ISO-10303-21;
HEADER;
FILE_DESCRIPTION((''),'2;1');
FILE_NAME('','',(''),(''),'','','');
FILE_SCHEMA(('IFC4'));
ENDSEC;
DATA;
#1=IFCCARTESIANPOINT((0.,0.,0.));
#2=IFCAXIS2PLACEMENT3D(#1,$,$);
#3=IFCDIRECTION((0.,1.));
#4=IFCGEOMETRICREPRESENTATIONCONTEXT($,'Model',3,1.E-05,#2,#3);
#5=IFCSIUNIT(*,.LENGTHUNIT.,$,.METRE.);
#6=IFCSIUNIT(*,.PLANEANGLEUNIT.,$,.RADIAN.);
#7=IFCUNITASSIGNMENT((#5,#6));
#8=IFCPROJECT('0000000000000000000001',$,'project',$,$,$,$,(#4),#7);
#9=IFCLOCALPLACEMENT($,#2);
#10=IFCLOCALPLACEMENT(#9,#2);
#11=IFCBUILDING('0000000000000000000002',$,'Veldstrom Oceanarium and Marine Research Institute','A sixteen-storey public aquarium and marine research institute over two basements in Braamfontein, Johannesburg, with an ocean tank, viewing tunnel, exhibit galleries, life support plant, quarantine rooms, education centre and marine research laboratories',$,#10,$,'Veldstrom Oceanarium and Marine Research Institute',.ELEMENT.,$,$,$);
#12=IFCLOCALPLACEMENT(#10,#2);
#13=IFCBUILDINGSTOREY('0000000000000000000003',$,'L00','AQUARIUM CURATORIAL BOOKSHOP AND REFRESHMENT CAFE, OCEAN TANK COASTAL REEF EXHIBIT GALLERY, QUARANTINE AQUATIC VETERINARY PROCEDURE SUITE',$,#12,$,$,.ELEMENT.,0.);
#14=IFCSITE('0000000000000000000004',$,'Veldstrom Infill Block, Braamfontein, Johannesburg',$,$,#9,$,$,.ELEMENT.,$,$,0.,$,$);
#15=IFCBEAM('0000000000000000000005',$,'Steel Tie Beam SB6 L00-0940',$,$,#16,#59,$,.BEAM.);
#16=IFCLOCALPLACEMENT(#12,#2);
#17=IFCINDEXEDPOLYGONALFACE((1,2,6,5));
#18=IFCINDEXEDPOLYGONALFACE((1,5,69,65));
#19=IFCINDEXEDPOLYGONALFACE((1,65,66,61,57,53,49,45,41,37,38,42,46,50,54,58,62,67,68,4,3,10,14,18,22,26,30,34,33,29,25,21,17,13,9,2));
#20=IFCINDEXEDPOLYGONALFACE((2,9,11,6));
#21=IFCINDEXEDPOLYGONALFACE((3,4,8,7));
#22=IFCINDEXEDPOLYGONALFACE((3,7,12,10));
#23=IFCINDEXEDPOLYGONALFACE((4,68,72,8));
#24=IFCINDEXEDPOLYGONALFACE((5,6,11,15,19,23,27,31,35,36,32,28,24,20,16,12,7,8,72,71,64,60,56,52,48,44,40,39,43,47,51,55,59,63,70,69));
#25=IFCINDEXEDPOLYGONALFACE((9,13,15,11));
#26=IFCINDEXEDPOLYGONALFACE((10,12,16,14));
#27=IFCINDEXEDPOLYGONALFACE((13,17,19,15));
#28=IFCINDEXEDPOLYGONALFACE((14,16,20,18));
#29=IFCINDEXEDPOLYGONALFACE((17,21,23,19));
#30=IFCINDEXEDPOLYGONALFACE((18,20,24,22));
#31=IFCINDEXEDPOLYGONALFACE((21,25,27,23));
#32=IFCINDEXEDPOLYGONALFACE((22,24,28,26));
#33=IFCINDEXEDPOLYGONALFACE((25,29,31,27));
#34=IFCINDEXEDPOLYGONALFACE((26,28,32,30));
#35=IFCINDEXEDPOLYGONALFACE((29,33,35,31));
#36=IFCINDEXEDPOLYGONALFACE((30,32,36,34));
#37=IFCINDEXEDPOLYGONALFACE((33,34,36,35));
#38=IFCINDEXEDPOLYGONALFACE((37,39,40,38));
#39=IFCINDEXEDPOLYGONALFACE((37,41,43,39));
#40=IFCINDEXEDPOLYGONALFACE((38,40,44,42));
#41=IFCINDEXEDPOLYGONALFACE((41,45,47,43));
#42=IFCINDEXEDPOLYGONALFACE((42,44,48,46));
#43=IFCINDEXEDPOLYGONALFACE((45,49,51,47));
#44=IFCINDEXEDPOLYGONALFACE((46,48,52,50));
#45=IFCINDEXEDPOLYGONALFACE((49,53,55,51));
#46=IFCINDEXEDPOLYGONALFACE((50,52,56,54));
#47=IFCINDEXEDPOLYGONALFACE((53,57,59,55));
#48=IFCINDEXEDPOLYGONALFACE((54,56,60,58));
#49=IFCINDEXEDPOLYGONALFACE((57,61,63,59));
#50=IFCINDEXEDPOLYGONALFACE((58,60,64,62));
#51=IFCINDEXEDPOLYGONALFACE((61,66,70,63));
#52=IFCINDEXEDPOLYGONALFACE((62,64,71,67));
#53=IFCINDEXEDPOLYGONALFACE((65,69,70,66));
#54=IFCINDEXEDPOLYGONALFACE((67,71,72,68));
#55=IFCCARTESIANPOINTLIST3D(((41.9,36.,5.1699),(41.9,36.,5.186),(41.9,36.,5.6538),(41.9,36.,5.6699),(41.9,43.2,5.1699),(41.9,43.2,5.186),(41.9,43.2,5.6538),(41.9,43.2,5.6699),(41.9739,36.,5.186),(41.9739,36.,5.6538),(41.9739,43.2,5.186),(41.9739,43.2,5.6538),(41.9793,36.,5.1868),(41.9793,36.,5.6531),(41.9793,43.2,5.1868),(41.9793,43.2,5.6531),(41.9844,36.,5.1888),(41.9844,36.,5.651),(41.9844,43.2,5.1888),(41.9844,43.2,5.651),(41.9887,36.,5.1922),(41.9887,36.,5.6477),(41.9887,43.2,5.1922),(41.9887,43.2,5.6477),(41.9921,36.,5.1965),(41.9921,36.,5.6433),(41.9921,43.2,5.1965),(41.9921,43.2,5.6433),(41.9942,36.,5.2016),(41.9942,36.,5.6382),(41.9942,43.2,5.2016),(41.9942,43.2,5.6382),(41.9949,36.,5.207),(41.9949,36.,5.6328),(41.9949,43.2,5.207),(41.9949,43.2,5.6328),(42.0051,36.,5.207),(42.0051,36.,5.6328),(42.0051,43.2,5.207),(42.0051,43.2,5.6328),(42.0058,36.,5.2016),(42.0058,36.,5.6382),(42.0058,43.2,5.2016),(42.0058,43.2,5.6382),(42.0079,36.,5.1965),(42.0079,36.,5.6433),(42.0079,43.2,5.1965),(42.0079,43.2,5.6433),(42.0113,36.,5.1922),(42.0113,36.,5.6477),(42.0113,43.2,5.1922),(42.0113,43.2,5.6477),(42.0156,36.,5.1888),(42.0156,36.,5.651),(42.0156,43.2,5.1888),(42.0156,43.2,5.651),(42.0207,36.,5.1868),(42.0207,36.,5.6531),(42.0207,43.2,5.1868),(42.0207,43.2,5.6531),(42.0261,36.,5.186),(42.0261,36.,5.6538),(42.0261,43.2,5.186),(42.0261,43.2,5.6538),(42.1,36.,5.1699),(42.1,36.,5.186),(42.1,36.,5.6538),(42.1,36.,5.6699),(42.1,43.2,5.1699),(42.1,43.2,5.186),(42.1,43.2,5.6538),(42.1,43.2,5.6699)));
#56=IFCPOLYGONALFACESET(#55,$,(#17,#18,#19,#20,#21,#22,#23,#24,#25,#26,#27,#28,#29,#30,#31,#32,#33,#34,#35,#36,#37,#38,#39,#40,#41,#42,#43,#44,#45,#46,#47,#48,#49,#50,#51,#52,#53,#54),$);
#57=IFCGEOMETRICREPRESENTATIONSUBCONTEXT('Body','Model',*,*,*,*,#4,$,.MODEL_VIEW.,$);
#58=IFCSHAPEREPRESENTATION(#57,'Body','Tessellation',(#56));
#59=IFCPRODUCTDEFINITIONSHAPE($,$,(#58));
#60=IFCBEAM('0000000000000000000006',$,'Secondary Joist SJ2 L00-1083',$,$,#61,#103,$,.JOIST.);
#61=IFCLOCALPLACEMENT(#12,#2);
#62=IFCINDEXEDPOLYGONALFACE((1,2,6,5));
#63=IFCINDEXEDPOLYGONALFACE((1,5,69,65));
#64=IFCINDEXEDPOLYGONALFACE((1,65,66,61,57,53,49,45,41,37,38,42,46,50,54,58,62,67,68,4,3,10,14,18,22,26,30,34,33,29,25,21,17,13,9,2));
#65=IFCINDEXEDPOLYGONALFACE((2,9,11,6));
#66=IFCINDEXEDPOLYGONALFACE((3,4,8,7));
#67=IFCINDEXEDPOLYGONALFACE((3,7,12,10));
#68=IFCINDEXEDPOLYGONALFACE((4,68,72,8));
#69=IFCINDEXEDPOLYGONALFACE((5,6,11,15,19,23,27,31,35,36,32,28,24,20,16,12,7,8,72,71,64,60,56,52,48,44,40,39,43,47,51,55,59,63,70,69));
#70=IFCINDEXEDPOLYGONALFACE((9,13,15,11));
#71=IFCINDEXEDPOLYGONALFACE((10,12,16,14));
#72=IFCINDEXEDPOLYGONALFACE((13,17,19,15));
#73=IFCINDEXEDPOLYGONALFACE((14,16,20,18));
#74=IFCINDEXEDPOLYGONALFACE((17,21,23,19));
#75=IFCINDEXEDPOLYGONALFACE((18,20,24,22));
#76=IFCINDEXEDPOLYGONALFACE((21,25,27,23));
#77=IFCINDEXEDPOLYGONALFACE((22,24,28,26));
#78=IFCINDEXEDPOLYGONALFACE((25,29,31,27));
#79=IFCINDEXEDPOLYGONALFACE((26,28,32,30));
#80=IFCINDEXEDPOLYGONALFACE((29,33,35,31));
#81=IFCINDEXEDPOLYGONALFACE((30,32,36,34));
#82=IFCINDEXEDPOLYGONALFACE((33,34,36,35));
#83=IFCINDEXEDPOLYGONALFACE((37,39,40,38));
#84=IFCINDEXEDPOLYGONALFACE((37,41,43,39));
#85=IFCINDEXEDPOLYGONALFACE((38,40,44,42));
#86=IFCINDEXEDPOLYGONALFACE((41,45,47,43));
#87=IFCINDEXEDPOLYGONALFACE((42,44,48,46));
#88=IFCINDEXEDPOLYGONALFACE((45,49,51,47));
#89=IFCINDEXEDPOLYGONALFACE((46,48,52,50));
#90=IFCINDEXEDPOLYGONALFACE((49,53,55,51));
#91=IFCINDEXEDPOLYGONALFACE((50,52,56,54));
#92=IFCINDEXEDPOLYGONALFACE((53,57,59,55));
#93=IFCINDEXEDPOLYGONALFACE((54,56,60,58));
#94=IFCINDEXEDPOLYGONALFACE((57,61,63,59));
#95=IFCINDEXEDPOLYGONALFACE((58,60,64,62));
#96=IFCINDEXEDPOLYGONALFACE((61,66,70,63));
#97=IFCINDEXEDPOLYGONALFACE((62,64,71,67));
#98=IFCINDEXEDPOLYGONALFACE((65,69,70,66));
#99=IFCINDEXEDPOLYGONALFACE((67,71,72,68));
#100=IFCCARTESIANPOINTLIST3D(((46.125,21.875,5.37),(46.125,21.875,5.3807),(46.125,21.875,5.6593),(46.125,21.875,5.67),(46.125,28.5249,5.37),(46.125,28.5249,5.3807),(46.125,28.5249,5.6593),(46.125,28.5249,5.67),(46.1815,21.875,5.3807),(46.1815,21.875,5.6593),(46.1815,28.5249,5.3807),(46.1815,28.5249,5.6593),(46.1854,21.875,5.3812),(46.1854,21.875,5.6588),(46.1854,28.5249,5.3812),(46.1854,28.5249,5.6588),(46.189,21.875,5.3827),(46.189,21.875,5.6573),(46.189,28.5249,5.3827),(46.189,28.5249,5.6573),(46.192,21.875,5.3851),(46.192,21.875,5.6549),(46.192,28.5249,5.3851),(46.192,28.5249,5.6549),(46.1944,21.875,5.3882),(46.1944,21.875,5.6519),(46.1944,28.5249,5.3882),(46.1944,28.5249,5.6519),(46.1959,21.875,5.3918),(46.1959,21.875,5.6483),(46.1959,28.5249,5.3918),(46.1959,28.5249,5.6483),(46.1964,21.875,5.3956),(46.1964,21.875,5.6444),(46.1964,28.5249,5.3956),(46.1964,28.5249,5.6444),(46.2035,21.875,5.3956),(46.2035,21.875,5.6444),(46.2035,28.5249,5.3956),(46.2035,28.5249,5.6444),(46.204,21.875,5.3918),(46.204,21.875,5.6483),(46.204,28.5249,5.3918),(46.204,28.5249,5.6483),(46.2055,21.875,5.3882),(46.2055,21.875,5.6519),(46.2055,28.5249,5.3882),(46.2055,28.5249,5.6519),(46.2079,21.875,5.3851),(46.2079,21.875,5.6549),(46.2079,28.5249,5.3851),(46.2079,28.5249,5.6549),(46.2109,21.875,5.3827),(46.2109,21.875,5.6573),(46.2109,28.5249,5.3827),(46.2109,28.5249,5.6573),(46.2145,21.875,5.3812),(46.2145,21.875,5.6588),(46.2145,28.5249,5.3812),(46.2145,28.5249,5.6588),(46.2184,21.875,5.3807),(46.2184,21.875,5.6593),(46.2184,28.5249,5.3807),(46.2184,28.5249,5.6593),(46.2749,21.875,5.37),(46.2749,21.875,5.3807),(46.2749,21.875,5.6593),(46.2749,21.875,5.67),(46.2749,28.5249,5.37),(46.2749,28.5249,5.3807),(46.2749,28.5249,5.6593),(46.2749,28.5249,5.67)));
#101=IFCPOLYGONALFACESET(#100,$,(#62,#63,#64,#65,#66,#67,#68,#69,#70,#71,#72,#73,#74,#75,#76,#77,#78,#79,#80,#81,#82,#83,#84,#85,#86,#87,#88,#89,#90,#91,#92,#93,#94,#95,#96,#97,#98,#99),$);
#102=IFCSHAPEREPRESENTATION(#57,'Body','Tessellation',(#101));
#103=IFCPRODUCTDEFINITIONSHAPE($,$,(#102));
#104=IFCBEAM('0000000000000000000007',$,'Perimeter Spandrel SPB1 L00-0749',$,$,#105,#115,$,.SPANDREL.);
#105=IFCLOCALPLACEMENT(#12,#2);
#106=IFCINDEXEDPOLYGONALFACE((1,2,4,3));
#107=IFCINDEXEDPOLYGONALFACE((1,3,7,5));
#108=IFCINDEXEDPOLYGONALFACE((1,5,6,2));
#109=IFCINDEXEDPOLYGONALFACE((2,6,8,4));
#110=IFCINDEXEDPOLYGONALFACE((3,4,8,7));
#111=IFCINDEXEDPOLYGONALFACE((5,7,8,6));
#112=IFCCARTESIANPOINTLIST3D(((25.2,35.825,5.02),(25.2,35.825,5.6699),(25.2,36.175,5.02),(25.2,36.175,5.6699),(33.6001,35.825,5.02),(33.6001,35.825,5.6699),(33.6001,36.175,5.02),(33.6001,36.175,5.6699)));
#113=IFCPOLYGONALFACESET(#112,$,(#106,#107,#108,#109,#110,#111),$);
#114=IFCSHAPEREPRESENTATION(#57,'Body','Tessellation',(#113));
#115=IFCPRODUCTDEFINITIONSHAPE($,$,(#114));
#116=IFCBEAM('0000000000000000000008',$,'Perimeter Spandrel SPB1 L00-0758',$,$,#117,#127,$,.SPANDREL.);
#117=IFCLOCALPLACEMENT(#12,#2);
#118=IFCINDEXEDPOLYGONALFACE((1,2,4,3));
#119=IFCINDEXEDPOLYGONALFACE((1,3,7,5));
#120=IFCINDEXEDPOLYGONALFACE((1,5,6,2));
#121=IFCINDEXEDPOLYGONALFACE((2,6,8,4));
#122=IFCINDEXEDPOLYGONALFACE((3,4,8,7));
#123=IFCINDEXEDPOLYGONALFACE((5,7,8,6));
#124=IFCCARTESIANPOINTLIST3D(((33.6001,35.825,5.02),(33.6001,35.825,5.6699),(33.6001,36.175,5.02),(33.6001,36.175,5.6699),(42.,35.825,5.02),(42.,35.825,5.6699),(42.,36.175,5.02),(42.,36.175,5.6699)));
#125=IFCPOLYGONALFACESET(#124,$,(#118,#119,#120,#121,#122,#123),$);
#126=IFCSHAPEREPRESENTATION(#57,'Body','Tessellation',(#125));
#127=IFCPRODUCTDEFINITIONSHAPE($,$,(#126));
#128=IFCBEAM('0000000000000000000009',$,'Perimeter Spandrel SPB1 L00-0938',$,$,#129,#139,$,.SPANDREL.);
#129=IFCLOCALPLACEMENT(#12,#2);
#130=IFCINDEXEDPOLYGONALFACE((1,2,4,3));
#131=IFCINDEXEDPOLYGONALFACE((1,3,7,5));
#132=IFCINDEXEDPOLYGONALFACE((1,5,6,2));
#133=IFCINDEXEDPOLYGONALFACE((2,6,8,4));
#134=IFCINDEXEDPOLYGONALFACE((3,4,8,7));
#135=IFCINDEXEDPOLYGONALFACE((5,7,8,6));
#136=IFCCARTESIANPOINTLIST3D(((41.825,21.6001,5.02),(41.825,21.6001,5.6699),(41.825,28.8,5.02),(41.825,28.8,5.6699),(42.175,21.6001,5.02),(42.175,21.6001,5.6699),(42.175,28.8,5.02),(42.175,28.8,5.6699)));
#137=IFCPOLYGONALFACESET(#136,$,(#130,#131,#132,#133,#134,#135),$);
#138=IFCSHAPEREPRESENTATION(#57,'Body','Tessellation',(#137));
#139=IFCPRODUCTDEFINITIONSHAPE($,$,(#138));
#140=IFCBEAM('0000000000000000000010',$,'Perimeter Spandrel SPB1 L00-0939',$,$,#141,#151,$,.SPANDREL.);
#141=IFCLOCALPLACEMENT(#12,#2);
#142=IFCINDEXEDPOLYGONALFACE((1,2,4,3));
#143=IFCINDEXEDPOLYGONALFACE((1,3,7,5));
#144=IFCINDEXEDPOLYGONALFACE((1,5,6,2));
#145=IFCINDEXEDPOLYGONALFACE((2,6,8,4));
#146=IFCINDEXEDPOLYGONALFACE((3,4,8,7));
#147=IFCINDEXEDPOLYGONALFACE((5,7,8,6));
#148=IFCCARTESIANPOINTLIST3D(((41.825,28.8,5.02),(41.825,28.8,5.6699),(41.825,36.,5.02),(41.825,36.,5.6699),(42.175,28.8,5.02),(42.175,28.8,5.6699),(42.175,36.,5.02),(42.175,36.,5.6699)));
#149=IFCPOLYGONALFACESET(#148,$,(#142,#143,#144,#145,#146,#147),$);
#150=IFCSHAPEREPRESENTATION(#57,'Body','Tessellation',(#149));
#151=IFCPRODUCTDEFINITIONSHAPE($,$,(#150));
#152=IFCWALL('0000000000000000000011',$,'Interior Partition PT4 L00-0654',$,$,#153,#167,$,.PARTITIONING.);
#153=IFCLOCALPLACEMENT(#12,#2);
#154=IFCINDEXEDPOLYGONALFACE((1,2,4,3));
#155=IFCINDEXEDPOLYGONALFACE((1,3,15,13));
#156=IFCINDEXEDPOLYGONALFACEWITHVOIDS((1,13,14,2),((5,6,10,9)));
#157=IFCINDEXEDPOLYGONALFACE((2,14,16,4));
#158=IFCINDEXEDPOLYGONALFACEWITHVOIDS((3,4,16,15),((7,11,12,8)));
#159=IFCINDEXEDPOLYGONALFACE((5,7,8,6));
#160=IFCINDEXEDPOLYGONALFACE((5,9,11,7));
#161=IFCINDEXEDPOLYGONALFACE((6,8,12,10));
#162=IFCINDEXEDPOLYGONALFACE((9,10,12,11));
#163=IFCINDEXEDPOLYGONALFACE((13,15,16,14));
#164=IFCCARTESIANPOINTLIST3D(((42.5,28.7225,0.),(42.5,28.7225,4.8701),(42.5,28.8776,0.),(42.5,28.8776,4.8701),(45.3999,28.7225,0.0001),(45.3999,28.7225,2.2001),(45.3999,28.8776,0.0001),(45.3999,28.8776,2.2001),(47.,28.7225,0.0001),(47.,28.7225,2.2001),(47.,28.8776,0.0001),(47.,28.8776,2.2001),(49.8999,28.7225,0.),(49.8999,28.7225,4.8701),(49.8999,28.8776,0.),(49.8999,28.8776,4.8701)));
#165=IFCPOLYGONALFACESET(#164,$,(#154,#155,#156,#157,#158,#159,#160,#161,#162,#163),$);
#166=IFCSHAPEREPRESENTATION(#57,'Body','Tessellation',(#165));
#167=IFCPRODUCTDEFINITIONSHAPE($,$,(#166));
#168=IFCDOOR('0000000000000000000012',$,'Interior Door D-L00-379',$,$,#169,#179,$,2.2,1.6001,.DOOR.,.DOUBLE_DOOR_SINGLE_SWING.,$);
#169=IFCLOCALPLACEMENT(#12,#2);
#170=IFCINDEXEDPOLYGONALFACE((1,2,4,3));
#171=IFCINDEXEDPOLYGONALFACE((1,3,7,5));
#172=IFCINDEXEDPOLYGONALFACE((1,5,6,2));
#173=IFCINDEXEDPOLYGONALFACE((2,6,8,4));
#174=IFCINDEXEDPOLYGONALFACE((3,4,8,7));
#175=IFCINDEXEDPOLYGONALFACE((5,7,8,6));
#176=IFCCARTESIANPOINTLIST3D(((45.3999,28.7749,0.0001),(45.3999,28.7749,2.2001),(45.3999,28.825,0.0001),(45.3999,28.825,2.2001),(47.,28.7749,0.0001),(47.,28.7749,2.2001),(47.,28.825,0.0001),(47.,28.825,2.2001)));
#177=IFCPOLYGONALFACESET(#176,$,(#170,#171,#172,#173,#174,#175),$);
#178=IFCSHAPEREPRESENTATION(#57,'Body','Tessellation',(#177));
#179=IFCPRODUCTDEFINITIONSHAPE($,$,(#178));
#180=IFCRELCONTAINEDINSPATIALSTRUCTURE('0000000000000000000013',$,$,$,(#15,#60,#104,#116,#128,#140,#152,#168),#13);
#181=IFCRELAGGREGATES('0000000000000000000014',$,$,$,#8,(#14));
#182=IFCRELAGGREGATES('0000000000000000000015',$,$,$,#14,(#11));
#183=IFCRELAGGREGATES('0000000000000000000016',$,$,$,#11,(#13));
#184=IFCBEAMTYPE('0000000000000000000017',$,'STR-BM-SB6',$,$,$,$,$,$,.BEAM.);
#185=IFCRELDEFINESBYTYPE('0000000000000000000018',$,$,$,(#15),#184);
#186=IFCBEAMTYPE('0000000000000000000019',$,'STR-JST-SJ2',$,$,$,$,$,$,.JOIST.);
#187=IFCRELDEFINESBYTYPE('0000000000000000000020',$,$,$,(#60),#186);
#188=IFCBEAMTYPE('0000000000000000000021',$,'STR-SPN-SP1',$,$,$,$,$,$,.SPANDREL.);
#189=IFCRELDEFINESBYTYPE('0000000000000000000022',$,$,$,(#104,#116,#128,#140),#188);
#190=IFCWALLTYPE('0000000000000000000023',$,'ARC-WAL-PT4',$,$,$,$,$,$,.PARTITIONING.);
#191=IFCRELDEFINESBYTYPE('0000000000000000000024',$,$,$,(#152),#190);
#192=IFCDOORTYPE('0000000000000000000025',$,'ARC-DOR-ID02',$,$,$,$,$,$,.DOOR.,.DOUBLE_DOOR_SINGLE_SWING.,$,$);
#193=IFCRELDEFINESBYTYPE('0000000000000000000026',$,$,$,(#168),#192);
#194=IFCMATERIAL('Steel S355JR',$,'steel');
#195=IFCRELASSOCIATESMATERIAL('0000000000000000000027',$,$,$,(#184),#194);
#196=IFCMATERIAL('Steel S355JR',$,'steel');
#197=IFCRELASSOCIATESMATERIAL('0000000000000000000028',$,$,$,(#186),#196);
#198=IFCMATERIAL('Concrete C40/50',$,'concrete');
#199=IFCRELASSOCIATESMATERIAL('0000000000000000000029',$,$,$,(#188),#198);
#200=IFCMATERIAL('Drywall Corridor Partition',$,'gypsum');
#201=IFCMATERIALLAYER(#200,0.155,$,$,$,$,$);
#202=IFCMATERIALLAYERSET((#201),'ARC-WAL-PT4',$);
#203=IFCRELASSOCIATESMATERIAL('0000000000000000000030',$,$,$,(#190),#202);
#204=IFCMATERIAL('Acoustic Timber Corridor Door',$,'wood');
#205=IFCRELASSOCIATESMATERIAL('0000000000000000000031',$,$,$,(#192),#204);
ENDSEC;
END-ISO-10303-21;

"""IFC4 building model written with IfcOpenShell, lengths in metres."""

from ifc_helpers import new_model, si_unit, direction, frame, frame_2d, origin, origin_2d, place, context, subcontext, project, spatial, rectangle, i_section, extrude, material, layer, layer_set, material_profile, profile_set, type_object, element, fill, save


model = new_model("IFC4")

# Units and contexts
model_context = context("Model", 3, precision=1e-05, world=origin(), true_north=direction((0.0, 1.0)))
body_context = subcontext(model_context, "Body", "Model", "MODEL_VIEW")
ifc_project = project(units=[si_unit("LENGTHUNIT", "METRE"), si_unit("PLANEANGLEUNIT", "RADIAN")], contexts=[model_context])

# Site, building, storey
site_placement = place(None, origin())
site = spatial("IfcSite", under=ifc_project, at=site_placement, Name="Veldstrom Infill Block, Braamfontein, Johannesburg", CompositionType="ELEMENT", RefElevation=0.0)
building_placement = place(site_placement, origin())
building = spatial("IfcBuilding", under=site, at=building_placement, Name="Veldstrom Oceanarium and Marine Research Institute", Description="A sixteen-storey public aquarium and marine research institute over two basements in Braamfontein, Johannesburg, with an ocean tank, viewing tunnel, exhibit galleries, life support plant, quarantine rooms, education centre and marine research laboratories", LongName="Veldstrom Oceanarium and Marine Research Institute", CompositionType="ELEMENT")
storey_placement = place(building_placement, origin())
storey = spatial("IfcBuildingStorey", under=building, at=storey_placement, Name="L00", Description="AQUARIUM CURATORIAL BOOKSHOP AND REFRESHMENT CAFE, OCEAN TANK COASTAL REEF EXHIBIT GALLERY, QUARANTINE AQUATIC VETERINARY PROCEDURE SUITE", CompositionType="ELEMENT", Elevation=0.0)

# Beams
ifc_material_1 = material(Name="Steel S355JR", Category="steel")
ifc_material_profile_1 = material_profile(ifc_material_1, i_section(OverallWidth=0.2, OverallDepth=0.5, WebThickness=0.0103, FlangeThickness=0.0161, FilletRadius=0.021, at=origin_2d()), Name="IPE 500")
ifc_profile_set_1 = profile_set([ifc_material_profile_1], Name="Steel S355JR")
beam_type_1 = type_object("IfcBeamType", Name="STR-BM-SB6", PredefinedType="BEAM", material=ifc_profile_set_1)
beam_1_placement = place(storey_placement, frame((42.0, 36.0, 5.4199), z_axis=(0.0, 1.0, 0.0), x_axis=(-1.0, 0.0, 0.0)))
element("IfcBeam", 1, at=beam_1_placement, inside=storey, type_object=beam_type_1, Name="Steel Tie Beam SB6 L00-0940", PredefinedType="BEAM", context=body_context, shape_type="SweptSolid", body=[
    extrude(i_section(OverallWidth=0.2, OverallDepth=0.5, WebThickness=0.0103, FlangeThickness=0.0161, FilletRadius=0.021, at=origin_2d()), origin(), (0.0, 0.0, 1.0), 7.2),
])
ifc_material_2 = material(Name="Steel S355JR", Category="steel")
ifc_material_profile_2 = material_profile(ifc_material_2, i_section(OverallWidth=0.1499, OverallDepth=0.3, WebThickness=0.0071, FlangeThickness=0.0107, FilletRadius=0.0149, at=origin_2d()), Name="IPE 300")
ifc_profile_set_2 = profile_set([ifc_material_profile_2], Name="Steel S355JR")
beam_type_2 = type_object("IfcBeamType", Name="STR-JST-SJ2", PredefinedType="JOIST", material=ifc_profile_set_2)
beam_2_placement = place(storey_placement, frame((46.2, 21.875, 5.52), z_axis=(0.0, 1.0, 0.0), x_axis=(-1.0, 0.0, 0.0)))
element("IfcBeam", 2, at=beam_2_placement, inside=storey, type_object=beam_type_2, Name="Secondary Joist SJ2 L00-1083", PredefinedType="JOIST", context=body_context, shape_type="SweptSolid", body=[
    extrude(i_section(OverallWidth=0.1499, OverallDepth=0.3, WebThickness=0.0071, FlangeThickness=0.0107, FilletRadius=0.0149, at=origin_2d()), origin(), (0.0, 0.0, 1.0), 6.6499),
])
ifc_material_3 = material(Name="Concrete C40/50", Category="concrete")
ifc_material_profile_3 = material_profile(ifc_material_3, rectangle(XDim=0.3501, YDim=0.6499, at=origin_2d()), Name="RC-SPN-350x650")
ifc_profile_set_3 = profile_set([ifc_material_profile_3], Name="Concrete C40/50")
beam_type_3 = type_object("IfcBeamType", Name="STR-SPN-SP1", PredefinedType="SPANDREL", material=ifc_profile_set_3)
beam_3_placement = place(storey_placement, frame((25.2, 36.0, 5.345), z_axis=(1.0, 0.0, 0.0), x_axis=(0.0, 1.0, 0.0)))
element("IfcBeam", 3, at=beam_3_placement, inside=storey, type_object=beam_type_3, Name="Perimeter Spandrel SPB1 L00-0749", PredefinedType="SPANDREL", context=body_context, shape_type="SweptSolid", body=[
    extrude(rectangle(XDim=0.3501, YDim=0.6499, at=origin_2d()), origin(), (0.0, 0.0, 1.0), 8.4001),
])
beam_4_placement = place(storey_placement, frame((33.6001, 36.0, 5.345), z_axis=(1.0, 0.0, 0.0), x_axis=(0.0, 1.0, 0.0)))
element("IfcBeam", 4, at=beam_4_placement, inside=storey, type_object=beam_type_3, Name="Perimeter Spandrel SPB1 L00-0758", PredefinedType="SPANDREL", context=body_context, shape_type="SweptSolid", body=[
    extrude(rectangle(XDim=0.3501, YDim=0.6499, at=origin_2d()), origin(), (0.0, 0.0, 1.0), 8.3999),
])
for number, where, z_axis, x_axis, name in (
    (5, (42.0, 21.6001, 5.345), (0.0, 1.0, 0.0), (-1.0, 0.0, 0.0), "Perimeter Spandrel SPB1 L00-0938"),
    (6, (42.0, 28.8, 5.345), (0.0, 1.0, 0.0), (-1.0, 0.0, 0.0), "Perimeter Spandrel SPB1 L00-0939"),
):
    element("IfcBeam", number, at=place(storey_placement, frame(where, z_axis=z_axis, x_axis=x_axis)), inside=storey, type_object=beam_type_3, Name=name, PredefinedType="SPANDREL", context=body_context, shape_type="SweptSolid", body=[
        extrude(rectangle(XDim=0.3501, YDim=0.6499, at=origin_2d()), origin(), (0.0, 0.0, 1.0), 7.2),
    ])

# Wall, opening, door
ifc_material_4 = material(Name="Drywall Corridor Partition", Category="gypsum")
ifc_layer_1 = layer(ifc_material_4, 0.155)
ifc_layer_set_1 = layer_set([ifc_layer_1], Name="ARC-WAL-PT4")
wall_type_1 = type_object("IfcWallType", Name="ARC-WAL-PT4", PredefinedType="PARTITIONING", material=ifc_layer_set_1)
wall_1_placement = place(storey_placement, frame((42.5, 28.8, 0.0), z_axis=(0.0, 0.0, 1.0), x_axis=(1.0, 0.0, 0.0)))
wall_1 = element("IfcWall", 7, at=wall_1_placement, inside=storey, type_object=wall_type_1, Name="Interior Partition PT4 L00-0654", PredefinedType="PARTITIONING", context=body_context, shape_type="SweptSolid", body=[
    extrude(rectangle(XDim=7.3999, YDim=0.155, at=frame_2d((3.7, 0.0))), origin(), (0.0, 0.0, 1.0), 4.8701),
])
opening_1_placement = place(wall_1_placement, frame((2.8999, 0.0, 0.0)))
opening_1 = element("IfcOpeningElement", 8, at=opening_1_placement, cuts=wall_1, PredefinedType="OPENING", context=body_context, shape_type="SweptSolid", body=[
    extrude(rectangle(XDim=1.6001, YDim=2.2, at=frame_2d((0.8, 1.1001))), frame((0.0, 0.0874, 0.0), z_axis=(0.0, -1.0, 0.0), x_axis=(1.0, 0.0, 0.0)), (0.0, 0.0, 1.0), 0.175),
])
ifc_material_5 = material(Name="Acoustic Timber Corridor Door", Category="wood")
door_type_1 = type_object("IfcDoorType", Name="ARC-DOR-ID02", OperationType="DOUBLE_DOOR_SINGLE_SWING", PredefinedType="DOOR", material=ifc_material_5)
door_1_placement = place(opening_1_placement, origin())
door_1 = element("IfcDoor", 9, at=door_1_placement, inside=storey, type_object=door_type_1, Name="Interior Door D-L00-379", OperationType="DOUBLE_DOOR_SINGLE_SWING", OverallHeight=2.2, OverallWidth=1.6001, PredefinedType="DOOR", context=body_context, shape_type="SweptSolid", body=[
    extrude(rectangle(XDim=1.6001, YDim=2.2, at=frame_2d((0.8, 1.1001))), frame((0.0, 0.0249, 0.0), z_axis=(0.0, -1.0, 0.0), x_axis=(1.0, 0.0, 0.0)), (0.0, 0.0, 1.0), 0.05),
])
fill(opening_1, door_1)

save(model, "model.ifc")
